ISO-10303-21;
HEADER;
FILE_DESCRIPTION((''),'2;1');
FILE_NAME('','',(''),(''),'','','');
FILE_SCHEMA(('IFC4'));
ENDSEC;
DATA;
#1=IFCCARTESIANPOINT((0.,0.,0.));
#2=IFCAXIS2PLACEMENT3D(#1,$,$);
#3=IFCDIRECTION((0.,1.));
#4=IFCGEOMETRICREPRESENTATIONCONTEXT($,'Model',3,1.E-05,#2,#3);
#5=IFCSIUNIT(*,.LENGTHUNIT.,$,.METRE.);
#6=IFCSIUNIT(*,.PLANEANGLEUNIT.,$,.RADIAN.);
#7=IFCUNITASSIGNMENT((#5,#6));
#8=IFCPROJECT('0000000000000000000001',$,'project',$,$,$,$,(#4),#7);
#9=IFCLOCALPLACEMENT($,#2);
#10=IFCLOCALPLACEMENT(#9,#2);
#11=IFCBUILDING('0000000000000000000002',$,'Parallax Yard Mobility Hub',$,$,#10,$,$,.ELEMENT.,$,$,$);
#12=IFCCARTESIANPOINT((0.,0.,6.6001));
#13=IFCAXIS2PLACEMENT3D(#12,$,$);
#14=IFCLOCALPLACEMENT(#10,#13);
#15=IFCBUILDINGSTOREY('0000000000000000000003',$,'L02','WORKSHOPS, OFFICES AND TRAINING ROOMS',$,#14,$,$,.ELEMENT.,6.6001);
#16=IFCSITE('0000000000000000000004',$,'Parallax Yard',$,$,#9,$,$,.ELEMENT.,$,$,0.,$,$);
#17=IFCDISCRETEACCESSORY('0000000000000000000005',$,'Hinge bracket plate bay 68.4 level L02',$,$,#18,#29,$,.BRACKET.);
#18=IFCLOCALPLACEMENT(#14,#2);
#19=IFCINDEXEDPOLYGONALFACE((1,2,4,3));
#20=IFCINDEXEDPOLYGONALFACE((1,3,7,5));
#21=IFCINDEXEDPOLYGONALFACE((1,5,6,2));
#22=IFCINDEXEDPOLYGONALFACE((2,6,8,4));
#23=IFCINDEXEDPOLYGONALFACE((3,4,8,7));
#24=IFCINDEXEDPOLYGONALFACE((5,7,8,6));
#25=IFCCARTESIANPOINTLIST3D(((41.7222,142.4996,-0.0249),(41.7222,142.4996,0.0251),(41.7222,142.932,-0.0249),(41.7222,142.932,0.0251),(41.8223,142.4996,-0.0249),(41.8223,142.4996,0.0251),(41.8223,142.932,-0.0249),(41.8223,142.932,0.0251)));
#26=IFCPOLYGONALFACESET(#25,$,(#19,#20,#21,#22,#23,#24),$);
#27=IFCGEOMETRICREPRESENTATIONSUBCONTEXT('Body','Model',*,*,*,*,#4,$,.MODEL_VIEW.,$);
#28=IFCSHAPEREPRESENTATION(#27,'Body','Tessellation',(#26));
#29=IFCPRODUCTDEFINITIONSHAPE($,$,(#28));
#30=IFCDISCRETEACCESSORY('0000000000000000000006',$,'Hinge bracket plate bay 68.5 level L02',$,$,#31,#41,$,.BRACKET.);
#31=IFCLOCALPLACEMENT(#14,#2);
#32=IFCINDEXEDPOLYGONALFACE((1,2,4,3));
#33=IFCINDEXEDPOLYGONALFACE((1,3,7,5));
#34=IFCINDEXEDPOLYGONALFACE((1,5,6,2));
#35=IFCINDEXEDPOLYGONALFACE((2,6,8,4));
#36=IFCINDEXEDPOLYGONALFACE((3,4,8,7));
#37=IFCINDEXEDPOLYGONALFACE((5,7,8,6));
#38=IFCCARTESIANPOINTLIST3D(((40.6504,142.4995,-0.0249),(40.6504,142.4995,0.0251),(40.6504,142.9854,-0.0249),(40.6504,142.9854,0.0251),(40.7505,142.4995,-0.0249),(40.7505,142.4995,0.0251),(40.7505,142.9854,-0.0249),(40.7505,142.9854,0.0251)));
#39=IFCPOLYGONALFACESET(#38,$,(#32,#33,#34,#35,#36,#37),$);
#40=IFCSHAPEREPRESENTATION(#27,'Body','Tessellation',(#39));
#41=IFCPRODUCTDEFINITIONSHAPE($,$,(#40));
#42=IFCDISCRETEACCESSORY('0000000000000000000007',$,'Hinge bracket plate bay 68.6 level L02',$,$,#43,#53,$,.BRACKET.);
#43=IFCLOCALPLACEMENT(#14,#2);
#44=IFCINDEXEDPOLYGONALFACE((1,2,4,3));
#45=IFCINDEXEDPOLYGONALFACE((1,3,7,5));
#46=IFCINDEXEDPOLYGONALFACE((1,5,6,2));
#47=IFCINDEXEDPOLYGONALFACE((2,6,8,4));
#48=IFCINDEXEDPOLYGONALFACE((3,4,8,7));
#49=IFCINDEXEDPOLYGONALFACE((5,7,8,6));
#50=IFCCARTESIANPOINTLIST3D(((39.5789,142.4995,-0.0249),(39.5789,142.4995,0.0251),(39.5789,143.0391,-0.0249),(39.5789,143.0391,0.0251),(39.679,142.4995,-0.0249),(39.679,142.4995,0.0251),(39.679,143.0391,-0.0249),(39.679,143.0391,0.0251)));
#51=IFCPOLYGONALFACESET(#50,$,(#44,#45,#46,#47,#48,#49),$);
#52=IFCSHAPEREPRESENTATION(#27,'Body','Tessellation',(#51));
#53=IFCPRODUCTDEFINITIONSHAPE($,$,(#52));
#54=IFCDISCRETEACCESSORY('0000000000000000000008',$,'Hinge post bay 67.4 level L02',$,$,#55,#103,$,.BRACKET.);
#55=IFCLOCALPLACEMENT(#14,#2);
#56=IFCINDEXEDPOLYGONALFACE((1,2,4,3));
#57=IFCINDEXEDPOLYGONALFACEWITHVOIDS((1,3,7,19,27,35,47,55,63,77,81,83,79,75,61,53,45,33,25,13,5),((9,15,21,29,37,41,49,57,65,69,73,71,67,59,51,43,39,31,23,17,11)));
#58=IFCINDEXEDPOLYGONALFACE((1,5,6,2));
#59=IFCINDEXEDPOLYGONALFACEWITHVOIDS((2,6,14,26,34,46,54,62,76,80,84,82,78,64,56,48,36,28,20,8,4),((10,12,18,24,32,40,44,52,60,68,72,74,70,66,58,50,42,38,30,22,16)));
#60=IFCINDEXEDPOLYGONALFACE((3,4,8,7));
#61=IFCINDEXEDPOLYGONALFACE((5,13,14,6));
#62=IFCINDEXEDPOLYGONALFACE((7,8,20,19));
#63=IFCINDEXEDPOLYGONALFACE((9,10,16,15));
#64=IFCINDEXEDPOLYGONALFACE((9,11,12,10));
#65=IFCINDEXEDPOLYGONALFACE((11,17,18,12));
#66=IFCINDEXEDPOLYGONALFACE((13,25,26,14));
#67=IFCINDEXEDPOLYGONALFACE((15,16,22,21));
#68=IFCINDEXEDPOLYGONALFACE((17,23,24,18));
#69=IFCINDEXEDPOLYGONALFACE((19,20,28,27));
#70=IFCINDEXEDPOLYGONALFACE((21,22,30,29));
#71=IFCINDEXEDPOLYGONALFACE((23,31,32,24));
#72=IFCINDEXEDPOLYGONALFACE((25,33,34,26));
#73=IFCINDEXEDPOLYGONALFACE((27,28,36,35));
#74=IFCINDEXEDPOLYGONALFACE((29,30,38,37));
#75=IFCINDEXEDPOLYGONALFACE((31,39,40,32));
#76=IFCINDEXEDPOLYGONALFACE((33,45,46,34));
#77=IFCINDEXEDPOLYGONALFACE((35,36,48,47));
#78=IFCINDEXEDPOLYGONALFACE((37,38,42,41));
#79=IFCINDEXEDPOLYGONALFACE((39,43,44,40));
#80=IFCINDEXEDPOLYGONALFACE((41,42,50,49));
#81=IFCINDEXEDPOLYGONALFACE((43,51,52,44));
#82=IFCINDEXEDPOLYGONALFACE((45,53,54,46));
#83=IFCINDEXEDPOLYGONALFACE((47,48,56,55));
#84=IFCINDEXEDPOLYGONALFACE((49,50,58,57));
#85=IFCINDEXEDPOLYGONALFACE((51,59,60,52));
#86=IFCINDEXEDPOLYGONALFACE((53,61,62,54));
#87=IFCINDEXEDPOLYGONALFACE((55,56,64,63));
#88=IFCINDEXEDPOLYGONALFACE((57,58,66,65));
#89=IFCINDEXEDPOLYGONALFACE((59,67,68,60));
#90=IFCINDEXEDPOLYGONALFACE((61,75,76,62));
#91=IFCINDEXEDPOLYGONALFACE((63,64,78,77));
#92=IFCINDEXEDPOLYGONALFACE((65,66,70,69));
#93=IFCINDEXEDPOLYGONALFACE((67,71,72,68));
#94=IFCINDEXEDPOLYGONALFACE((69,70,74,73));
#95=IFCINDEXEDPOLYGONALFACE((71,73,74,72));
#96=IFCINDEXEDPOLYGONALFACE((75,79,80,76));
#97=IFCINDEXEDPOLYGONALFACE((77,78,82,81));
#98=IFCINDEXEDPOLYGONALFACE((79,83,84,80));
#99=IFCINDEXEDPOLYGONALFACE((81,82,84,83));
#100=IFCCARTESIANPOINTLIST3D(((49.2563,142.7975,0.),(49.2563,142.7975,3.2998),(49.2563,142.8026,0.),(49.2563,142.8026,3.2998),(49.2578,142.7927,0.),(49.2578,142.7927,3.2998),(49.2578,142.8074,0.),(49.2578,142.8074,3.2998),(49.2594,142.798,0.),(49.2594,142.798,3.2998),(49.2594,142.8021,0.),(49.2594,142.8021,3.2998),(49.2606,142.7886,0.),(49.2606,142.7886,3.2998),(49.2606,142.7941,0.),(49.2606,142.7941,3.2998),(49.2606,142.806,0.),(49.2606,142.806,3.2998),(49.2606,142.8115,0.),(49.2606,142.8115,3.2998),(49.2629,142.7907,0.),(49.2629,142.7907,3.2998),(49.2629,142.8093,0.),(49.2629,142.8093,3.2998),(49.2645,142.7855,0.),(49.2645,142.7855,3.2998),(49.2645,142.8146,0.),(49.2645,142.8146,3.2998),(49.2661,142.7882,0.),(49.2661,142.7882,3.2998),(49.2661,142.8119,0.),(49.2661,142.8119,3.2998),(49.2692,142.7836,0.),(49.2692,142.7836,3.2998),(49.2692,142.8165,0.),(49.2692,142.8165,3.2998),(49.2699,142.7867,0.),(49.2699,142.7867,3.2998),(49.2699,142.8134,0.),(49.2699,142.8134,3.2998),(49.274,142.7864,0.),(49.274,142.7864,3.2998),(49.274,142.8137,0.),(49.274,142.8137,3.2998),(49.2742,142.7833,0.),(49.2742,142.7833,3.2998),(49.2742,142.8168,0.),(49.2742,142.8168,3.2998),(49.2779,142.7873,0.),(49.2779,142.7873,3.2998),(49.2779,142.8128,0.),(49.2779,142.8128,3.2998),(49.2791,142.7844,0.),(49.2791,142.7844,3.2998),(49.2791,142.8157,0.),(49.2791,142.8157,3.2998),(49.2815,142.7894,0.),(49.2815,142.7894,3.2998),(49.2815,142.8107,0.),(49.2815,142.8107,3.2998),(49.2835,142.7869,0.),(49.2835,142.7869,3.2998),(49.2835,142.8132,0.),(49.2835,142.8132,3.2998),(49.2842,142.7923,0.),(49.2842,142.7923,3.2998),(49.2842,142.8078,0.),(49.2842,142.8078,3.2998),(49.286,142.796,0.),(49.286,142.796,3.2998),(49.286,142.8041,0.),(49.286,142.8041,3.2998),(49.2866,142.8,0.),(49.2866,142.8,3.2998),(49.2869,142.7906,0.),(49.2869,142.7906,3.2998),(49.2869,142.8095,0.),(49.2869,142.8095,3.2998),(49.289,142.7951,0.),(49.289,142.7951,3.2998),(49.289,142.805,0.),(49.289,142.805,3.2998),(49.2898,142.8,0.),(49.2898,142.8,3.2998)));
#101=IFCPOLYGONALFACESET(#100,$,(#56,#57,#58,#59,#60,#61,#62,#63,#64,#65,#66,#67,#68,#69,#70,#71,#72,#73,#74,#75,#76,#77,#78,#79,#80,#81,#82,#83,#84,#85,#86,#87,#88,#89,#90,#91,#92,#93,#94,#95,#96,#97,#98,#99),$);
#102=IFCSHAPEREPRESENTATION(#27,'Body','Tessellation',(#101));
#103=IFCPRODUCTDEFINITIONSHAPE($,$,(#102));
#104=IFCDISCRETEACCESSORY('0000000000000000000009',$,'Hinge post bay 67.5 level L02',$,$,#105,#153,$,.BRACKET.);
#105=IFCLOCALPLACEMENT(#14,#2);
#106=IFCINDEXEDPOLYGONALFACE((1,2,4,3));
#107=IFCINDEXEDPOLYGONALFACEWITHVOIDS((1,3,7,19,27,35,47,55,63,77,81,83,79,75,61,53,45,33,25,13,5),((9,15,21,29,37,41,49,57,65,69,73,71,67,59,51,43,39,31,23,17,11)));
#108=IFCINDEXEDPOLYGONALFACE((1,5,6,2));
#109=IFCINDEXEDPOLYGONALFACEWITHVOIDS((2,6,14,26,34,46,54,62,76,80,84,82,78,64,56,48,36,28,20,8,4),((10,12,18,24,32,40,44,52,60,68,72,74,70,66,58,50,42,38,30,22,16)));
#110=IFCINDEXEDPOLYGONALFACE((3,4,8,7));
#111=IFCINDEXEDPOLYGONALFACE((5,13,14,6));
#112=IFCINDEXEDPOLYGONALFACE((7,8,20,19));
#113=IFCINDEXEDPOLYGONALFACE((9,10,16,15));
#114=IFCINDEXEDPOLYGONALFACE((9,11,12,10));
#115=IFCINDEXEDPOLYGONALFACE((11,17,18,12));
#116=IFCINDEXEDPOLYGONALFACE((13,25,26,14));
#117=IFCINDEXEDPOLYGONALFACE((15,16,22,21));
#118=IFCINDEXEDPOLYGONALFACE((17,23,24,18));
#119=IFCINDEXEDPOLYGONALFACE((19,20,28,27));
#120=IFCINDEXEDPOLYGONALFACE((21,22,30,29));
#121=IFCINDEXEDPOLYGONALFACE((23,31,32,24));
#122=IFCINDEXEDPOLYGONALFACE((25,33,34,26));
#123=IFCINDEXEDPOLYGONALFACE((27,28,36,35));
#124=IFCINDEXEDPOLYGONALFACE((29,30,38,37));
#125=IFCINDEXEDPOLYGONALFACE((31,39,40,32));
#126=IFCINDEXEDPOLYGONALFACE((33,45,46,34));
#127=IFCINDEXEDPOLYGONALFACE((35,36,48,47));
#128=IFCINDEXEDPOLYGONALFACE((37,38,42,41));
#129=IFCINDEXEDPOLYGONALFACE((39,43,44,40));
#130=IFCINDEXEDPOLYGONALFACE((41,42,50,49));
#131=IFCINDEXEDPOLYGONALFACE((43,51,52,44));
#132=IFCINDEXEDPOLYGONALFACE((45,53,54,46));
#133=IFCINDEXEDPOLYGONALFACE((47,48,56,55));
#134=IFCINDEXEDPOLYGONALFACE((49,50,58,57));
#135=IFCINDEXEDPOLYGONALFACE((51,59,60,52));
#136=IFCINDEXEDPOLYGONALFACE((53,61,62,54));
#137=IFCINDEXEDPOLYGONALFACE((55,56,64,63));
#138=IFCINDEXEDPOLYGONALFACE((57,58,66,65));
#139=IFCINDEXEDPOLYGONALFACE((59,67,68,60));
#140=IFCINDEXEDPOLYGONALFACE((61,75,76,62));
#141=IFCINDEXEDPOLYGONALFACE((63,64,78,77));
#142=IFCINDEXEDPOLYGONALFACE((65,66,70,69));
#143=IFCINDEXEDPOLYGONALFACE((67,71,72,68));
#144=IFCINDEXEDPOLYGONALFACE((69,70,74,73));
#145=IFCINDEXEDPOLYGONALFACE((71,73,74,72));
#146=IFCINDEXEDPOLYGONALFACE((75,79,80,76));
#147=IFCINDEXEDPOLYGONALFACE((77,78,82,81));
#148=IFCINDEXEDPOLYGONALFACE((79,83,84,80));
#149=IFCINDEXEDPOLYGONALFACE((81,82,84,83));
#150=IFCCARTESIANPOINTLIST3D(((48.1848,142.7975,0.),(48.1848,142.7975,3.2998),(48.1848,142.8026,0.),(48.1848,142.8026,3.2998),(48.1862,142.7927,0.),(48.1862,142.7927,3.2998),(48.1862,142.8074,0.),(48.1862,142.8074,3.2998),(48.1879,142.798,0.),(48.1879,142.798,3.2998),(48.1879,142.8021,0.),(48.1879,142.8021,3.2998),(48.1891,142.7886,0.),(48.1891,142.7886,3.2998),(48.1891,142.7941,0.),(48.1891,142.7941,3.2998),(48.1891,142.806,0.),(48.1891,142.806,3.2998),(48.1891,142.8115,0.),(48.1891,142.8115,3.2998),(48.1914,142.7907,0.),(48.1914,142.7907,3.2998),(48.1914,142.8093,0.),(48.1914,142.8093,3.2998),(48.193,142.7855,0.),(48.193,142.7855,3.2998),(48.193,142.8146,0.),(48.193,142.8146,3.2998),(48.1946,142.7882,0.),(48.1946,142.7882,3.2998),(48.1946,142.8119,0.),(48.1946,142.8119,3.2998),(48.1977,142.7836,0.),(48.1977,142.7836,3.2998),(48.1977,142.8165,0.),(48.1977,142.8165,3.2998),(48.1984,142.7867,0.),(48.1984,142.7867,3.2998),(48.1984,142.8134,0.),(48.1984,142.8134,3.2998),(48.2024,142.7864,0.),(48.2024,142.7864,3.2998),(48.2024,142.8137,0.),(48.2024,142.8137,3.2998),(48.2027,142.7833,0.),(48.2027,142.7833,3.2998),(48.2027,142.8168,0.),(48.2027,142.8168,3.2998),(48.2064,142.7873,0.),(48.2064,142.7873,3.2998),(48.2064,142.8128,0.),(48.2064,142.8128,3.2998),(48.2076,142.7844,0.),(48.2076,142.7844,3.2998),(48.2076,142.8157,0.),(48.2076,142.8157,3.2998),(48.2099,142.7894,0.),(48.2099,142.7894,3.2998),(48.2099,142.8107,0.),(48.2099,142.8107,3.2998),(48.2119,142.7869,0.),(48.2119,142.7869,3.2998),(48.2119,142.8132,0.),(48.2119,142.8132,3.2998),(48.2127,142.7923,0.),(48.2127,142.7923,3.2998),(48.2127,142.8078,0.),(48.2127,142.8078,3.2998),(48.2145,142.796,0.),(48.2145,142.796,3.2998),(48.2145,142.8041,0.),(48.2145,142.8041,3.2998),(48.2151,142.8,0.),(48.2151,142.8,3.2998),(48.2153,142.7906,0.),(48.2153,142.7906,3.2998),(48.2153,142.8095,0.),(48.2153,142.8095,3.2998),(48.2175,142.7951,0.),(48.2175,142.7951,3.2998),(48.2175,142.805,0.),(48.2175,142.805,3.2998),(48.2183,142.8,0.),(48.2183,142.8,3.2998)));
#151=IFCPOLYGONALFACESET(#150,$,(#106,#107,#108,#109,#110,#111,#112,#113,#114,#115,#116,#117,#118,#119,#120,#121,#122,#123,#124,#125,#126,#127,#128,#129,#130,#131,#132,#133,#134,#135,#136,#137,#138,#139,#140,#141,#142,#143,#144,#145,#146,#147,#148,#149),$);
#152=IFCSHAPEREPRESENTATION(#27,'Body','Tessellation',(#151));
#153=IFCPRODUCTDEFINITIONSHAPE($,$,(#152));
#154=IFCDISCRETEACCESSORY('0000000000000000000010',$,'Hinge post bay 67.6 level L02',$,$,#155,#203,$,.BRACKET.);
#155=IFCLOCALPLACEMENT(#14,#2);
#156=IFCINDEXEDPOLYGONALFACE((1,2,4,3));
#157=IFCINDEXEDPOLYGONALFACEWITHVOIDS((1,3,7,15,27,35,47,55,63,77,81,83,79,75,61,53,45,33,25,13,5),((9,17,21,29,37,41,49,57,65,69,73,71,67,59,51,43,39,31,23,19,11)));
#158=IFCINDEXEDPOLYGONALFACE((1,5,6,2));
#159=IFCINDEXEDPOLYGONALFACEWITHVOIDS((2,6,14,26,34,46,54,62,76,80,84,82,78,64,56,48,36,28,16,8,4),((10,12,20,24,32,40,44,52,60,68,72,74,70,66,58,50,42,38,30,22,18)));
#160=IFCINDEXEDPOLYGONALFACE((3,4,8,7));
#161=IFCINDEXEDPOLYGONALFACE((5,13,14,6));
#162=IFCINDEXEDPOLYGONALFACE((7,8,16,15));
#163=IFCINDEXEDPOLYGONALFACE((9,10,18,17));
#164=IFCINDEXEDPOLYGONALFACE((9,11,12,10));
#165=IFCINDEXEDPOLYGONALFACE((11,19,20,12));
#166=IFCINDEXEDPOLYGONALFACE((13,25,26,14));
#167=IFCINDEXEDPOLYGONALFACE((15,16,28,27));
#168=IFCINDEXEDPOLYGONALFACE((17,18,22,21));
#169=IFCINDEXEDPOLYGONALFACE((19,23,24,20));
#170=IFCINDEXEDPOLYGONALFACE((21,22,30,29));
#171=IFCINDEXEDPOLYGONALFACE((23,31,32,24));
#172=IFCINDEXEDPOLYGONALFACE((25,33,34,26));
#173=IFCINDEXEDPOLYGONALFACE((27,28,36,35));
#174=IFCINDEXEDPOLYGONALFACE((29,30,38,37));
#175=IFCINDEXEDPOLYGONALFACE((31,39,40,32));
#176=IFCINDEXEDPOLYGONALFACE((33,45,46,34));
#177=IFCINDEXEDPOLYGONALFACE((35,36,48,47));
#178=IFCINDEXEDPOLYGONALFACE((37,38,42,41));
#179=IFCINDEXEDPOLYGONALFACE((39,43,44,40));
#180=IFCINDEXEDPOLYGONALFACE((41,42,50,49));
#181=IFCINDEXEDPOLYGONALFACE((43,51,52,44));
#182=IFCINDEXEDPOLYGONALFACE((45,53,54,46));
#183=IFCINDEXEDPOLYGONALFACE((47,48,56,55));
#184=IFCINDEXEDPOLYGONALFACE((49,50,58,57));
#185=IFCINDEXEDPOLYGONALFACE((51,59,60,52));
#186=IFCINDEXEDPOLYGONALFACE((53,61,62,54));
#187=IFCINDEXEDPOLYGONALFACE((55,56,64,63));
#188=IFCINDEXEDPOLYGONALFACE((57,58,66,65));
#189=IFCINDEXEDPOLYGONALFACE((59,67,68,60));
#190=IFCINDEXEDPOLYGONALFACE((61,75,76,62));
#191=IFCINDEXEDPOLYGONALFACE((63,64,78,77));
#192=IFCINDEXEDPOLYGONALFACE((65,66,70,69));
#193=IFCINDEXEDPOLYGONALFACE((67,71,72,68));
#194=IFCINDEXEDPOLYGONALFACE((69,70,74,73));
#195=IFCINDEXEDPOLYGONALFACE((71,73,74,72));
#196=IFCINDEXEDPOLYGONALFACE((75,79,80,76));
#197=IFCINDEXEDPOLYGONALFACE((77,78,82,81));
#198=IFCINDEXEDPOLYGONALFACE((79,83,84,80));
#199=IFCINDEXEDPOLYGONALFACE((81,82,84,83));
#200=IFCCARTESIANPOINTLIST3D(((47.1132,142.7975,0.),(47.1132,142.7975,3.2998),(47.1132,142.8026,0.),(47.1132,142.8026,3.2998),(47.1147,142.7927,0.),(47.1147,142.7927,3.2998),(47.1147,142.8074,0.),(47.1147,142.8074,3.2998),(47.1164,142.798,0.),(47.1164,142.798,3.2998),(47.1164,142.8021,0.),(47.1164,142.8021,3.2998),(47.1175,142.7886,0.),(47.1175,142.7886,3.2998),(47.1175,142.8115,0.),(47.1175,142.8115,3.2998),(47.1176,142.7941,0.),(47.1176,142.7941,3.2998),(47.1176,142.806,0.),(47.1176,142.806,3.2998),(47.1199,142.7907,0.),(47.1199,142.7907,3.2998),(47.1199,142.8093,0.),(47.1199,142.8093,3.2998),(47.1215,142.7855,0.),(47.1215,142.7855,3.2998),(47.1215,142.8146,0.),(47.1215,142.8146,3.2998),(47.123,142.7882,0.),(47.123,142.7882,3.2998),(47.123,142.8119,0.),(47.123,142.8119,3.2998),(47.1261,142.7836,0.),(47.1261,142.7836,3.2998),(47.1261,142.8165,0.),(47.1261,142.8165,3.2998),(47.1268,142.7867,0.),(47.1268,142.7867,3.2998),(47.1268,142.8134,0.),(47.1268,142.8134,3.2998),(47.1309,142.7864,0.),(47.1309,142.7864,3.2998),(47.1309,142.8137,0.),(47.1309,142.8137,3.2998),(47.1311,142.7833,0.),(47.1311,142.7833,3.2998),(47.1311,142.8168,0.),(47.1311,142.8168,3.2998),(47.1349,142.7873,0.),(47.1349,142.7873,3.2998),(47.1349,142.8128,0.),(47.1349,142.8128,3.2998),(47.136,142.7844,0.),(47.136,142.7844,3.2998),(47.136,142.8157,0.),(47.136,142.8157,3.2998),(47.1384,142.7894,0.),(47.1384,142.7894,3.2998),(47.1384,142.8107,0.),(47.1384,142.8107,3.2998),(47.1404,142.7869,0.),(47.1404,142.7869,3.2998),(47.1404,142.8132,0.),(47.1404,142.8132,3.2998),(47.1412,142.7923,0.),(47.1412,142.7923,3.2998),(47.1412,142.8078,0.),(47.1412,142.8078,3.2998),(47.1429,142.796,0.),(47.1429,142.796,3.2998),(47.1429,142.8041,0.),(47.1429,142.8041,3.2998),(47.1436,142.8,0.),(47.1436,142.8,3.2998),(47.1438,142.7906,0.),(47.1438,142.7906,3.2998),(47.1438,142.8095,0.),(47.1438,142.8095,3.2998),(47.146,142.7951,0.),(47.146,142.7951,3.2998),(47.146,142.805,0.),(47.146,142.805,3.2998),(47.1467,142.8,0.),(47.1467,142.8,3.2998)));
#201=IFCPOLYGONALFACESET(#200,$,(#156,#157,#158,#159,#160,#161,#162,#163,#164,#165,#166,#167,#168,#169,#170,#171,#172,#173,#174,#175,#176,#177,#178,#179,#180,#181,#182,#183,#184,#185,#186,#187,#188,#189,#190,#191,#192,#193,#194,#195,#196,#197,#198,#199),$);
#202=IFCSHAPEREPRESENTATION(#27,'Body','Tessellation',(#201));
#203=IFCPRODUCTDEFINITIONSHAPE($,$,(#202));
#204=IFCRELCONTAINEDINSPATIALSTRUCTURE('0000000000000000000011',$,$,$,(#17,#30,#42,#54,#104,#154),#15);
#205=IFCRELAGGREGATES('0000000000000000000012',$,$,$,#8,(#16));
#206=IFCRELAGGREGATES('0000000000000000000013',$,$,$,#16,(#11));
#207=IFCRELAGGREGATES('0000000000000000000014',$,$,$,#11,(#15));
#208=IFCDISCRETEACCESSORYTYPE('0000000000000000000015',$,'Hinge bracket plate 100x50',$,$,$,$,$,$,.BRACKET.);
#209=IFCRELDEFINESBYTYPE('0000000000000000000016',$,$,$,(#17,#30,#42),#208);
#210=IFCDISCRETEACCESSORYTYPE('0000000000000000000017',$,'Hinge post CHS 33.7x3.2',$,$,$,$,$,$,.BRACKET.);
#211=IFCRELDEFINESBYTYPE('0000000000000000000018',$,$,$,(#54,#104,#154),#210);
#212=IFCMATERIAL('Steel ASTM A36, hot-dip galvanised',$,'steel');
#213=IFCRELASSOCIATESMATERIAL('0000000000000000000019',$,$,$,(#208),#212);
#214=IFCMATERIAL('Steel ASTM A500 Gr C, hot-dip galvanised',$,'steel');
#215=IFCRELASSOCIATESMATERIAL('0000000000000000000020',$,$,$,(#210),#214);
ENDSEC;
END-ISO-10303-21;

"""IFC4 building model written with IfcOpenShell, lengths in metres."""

from ifc_helpers import new_model, si_unit, direction, frame, origin, origin_2d, place, context, subcontext, project, spatial, rectangle, hollow_circle, extrude, material, material_profile, profile_set, type_object, element, save


model = new_model("IFC4")

# Units and contexts
model_context = context("Model", 3, precision=1e-05, world=origin(), true_north=direction((0.0, 1.0)))
body_context = subcontext(model_context, "Body", "Model", "MODEL_VIEW")
ifc_project = project(units=[si_unit("LENGTHUNIT", "METRE"), si_unit("PLANEANGLEUNIT", "RADIAN")], contexts=[model_context])

# Site, building, storey
site_placement = place(None, origin())
site = spatial("IfcSite", under=ifc_project, at=site_placement, Name="Parallax Yard", CompositionType="ELEMENT", RefElevation=0.0)
building_placement = place(site_placement, origin())
building = spatial("IfcBuilding", under=site, at=building_placement, Name="Parallax Yard Mobility Hub", CompositionType="ELEMENT")
storey_placement = place(building_placement, frame((0.0, 0.0, 6.6001)))
storey = spatial("IfcBuildingStorey", under=building, at=storey_placement, Name="L02", Description="WORKSHOPS, OFFICES AND TRAINING ROOMS", CompositionType="ELEMENT", Elevation=6.6001)

# Discrete accessories
ifc_material_1 = material(Name="Steel ASTM A36, hot-dip galvanised", Category="steel")
discrete_accessory_type_1 = type_object("IfcDiscreteAccessoryType", Name="Hinge bracket plate 100x50", PredefinedType="BRACKET", material=ifc_material_1)
discrete_accessory_1_placement = place(storey_placement, frame((41.7722, 142.7158, -0.0249), z_axis=(0.0, 0.0, 1.0), x_axis=(0.0, 1.0, 0.0)))
element("IfcDiscreteAccessory", 1, at=discrete_accessory_1_placement, inside=storey, type_object=discrete_accessory_type_1, Name="Hinge bracket plate bay 68.4 level L02", PredefinedType="BRACKET", context=body_context, shape_type="SweptSolid", body=[
    extrude(rectangle(XDim=0.4324, YDim=0.1001, at=origin_2d()), origin(), (0.0, 0.0, 1.0), 0.05),
])
discrete_accessory_2_placement = place(storey_placement, frame((40.7004, 142.7424, -0.0249), z_axis=(0.0, 0.0, 1.0), x_axis=(0.0, 1.0, 0.0)))
element("IfcDiscreteAccessory", 2, at=discrete_accessory_2_placement, inside=storey, type_object=discrete_accessory_type_1, Name="Hinge bracket plate bay 68.5 level L02", PredefinedType="BRACKET", context=body_context, shape_type="SweptSolid", body=[
    extrude(rectangle(XDim=0.4858, YDim=0.1001, at=origin_2d()), origin(), (0.0, 0.0, 1.0), 0.05),
])
discrete_accessory_3_placement = place(storey_placement, frame((39.6289, 142.7693, -0.0249), z_axis=(0.0, 0.0, 1.0), x_axis=(0.0, 1.0, 0.0)))
element("IfcDiscreteAccessory", 3, at=discrete_accessory_3_placement, inside=storey, type_object=discrete_accessory_type_1, Name="Hinge bracket plate bay 68.6 level L02", PredefinedType="BRACKET", context=body_context, shape_type="SweptSolid", body=[
    extrude(rectangle(XDim=0.5396, YDim=0.1001, at=origin_2d()), origin(), (0.0, 0.0, 1.0), 0.05),
])
ifc_material_2 = material(Name="Steel ASTM A500 Gr C, hot-dip galvanised", Category="steel")
ifc_material_profile_1 = material_profile(ifc_material_2, hollow_circle(Radius=0.0168, WallThickness=0.0032, at=origin_2d()), Name="CHS 33.7x3.2")
ifc_profile_set_1 = profile_set([ifc_material_profile_1], Name="Steel ASTM A500 Gr C, hot-dip galvanised")
discrete_accessory_type_2 = type_object("IfcDiscreteAccessoryType", Name="Hinge post CHS 33.7x3.2", PredefinedType="BRACKET", material=ifc_profile_set_1)
for number, where, z_axis, x_axis, name in (
    (4, (49.2729, 142.8, 0.0), (0.0, 0.0, 1.0), (1.0, 0.0, 0.0), "Hinge post bay 67.4 level L02"),
    (5, (48.2014, 142.8, 0.0), (0.0, 0.0, 1.0), (1.0, 0.0, 0.0), "Hinge post bay 67.5 level L02"),
    (6, (47.1299, 142.8, 0.0), (0.0, 0.0, 1.0), (1.0, 0.0, 0.0), "Hinge post bay 67.6 level L02"),
):
    element("IfcDiscreteAccessory", number, at=place(storey_placement, frame(where, z_axis=z_axis, x_axis=x_axis)), inside=storey, type_object=discrete_accessory_type_2, Name=name, PredefinedType="BRACKET", context=body_context, shape_type="SweptSolid", body=[
        extrude(hollow_circle(Radius=0.0168, WallThickness=0.0032, at=origin_2d()), origin(), (0.0, 0.0, 1.0), 3.2998),
    ])

save(model, "model.ifc")
